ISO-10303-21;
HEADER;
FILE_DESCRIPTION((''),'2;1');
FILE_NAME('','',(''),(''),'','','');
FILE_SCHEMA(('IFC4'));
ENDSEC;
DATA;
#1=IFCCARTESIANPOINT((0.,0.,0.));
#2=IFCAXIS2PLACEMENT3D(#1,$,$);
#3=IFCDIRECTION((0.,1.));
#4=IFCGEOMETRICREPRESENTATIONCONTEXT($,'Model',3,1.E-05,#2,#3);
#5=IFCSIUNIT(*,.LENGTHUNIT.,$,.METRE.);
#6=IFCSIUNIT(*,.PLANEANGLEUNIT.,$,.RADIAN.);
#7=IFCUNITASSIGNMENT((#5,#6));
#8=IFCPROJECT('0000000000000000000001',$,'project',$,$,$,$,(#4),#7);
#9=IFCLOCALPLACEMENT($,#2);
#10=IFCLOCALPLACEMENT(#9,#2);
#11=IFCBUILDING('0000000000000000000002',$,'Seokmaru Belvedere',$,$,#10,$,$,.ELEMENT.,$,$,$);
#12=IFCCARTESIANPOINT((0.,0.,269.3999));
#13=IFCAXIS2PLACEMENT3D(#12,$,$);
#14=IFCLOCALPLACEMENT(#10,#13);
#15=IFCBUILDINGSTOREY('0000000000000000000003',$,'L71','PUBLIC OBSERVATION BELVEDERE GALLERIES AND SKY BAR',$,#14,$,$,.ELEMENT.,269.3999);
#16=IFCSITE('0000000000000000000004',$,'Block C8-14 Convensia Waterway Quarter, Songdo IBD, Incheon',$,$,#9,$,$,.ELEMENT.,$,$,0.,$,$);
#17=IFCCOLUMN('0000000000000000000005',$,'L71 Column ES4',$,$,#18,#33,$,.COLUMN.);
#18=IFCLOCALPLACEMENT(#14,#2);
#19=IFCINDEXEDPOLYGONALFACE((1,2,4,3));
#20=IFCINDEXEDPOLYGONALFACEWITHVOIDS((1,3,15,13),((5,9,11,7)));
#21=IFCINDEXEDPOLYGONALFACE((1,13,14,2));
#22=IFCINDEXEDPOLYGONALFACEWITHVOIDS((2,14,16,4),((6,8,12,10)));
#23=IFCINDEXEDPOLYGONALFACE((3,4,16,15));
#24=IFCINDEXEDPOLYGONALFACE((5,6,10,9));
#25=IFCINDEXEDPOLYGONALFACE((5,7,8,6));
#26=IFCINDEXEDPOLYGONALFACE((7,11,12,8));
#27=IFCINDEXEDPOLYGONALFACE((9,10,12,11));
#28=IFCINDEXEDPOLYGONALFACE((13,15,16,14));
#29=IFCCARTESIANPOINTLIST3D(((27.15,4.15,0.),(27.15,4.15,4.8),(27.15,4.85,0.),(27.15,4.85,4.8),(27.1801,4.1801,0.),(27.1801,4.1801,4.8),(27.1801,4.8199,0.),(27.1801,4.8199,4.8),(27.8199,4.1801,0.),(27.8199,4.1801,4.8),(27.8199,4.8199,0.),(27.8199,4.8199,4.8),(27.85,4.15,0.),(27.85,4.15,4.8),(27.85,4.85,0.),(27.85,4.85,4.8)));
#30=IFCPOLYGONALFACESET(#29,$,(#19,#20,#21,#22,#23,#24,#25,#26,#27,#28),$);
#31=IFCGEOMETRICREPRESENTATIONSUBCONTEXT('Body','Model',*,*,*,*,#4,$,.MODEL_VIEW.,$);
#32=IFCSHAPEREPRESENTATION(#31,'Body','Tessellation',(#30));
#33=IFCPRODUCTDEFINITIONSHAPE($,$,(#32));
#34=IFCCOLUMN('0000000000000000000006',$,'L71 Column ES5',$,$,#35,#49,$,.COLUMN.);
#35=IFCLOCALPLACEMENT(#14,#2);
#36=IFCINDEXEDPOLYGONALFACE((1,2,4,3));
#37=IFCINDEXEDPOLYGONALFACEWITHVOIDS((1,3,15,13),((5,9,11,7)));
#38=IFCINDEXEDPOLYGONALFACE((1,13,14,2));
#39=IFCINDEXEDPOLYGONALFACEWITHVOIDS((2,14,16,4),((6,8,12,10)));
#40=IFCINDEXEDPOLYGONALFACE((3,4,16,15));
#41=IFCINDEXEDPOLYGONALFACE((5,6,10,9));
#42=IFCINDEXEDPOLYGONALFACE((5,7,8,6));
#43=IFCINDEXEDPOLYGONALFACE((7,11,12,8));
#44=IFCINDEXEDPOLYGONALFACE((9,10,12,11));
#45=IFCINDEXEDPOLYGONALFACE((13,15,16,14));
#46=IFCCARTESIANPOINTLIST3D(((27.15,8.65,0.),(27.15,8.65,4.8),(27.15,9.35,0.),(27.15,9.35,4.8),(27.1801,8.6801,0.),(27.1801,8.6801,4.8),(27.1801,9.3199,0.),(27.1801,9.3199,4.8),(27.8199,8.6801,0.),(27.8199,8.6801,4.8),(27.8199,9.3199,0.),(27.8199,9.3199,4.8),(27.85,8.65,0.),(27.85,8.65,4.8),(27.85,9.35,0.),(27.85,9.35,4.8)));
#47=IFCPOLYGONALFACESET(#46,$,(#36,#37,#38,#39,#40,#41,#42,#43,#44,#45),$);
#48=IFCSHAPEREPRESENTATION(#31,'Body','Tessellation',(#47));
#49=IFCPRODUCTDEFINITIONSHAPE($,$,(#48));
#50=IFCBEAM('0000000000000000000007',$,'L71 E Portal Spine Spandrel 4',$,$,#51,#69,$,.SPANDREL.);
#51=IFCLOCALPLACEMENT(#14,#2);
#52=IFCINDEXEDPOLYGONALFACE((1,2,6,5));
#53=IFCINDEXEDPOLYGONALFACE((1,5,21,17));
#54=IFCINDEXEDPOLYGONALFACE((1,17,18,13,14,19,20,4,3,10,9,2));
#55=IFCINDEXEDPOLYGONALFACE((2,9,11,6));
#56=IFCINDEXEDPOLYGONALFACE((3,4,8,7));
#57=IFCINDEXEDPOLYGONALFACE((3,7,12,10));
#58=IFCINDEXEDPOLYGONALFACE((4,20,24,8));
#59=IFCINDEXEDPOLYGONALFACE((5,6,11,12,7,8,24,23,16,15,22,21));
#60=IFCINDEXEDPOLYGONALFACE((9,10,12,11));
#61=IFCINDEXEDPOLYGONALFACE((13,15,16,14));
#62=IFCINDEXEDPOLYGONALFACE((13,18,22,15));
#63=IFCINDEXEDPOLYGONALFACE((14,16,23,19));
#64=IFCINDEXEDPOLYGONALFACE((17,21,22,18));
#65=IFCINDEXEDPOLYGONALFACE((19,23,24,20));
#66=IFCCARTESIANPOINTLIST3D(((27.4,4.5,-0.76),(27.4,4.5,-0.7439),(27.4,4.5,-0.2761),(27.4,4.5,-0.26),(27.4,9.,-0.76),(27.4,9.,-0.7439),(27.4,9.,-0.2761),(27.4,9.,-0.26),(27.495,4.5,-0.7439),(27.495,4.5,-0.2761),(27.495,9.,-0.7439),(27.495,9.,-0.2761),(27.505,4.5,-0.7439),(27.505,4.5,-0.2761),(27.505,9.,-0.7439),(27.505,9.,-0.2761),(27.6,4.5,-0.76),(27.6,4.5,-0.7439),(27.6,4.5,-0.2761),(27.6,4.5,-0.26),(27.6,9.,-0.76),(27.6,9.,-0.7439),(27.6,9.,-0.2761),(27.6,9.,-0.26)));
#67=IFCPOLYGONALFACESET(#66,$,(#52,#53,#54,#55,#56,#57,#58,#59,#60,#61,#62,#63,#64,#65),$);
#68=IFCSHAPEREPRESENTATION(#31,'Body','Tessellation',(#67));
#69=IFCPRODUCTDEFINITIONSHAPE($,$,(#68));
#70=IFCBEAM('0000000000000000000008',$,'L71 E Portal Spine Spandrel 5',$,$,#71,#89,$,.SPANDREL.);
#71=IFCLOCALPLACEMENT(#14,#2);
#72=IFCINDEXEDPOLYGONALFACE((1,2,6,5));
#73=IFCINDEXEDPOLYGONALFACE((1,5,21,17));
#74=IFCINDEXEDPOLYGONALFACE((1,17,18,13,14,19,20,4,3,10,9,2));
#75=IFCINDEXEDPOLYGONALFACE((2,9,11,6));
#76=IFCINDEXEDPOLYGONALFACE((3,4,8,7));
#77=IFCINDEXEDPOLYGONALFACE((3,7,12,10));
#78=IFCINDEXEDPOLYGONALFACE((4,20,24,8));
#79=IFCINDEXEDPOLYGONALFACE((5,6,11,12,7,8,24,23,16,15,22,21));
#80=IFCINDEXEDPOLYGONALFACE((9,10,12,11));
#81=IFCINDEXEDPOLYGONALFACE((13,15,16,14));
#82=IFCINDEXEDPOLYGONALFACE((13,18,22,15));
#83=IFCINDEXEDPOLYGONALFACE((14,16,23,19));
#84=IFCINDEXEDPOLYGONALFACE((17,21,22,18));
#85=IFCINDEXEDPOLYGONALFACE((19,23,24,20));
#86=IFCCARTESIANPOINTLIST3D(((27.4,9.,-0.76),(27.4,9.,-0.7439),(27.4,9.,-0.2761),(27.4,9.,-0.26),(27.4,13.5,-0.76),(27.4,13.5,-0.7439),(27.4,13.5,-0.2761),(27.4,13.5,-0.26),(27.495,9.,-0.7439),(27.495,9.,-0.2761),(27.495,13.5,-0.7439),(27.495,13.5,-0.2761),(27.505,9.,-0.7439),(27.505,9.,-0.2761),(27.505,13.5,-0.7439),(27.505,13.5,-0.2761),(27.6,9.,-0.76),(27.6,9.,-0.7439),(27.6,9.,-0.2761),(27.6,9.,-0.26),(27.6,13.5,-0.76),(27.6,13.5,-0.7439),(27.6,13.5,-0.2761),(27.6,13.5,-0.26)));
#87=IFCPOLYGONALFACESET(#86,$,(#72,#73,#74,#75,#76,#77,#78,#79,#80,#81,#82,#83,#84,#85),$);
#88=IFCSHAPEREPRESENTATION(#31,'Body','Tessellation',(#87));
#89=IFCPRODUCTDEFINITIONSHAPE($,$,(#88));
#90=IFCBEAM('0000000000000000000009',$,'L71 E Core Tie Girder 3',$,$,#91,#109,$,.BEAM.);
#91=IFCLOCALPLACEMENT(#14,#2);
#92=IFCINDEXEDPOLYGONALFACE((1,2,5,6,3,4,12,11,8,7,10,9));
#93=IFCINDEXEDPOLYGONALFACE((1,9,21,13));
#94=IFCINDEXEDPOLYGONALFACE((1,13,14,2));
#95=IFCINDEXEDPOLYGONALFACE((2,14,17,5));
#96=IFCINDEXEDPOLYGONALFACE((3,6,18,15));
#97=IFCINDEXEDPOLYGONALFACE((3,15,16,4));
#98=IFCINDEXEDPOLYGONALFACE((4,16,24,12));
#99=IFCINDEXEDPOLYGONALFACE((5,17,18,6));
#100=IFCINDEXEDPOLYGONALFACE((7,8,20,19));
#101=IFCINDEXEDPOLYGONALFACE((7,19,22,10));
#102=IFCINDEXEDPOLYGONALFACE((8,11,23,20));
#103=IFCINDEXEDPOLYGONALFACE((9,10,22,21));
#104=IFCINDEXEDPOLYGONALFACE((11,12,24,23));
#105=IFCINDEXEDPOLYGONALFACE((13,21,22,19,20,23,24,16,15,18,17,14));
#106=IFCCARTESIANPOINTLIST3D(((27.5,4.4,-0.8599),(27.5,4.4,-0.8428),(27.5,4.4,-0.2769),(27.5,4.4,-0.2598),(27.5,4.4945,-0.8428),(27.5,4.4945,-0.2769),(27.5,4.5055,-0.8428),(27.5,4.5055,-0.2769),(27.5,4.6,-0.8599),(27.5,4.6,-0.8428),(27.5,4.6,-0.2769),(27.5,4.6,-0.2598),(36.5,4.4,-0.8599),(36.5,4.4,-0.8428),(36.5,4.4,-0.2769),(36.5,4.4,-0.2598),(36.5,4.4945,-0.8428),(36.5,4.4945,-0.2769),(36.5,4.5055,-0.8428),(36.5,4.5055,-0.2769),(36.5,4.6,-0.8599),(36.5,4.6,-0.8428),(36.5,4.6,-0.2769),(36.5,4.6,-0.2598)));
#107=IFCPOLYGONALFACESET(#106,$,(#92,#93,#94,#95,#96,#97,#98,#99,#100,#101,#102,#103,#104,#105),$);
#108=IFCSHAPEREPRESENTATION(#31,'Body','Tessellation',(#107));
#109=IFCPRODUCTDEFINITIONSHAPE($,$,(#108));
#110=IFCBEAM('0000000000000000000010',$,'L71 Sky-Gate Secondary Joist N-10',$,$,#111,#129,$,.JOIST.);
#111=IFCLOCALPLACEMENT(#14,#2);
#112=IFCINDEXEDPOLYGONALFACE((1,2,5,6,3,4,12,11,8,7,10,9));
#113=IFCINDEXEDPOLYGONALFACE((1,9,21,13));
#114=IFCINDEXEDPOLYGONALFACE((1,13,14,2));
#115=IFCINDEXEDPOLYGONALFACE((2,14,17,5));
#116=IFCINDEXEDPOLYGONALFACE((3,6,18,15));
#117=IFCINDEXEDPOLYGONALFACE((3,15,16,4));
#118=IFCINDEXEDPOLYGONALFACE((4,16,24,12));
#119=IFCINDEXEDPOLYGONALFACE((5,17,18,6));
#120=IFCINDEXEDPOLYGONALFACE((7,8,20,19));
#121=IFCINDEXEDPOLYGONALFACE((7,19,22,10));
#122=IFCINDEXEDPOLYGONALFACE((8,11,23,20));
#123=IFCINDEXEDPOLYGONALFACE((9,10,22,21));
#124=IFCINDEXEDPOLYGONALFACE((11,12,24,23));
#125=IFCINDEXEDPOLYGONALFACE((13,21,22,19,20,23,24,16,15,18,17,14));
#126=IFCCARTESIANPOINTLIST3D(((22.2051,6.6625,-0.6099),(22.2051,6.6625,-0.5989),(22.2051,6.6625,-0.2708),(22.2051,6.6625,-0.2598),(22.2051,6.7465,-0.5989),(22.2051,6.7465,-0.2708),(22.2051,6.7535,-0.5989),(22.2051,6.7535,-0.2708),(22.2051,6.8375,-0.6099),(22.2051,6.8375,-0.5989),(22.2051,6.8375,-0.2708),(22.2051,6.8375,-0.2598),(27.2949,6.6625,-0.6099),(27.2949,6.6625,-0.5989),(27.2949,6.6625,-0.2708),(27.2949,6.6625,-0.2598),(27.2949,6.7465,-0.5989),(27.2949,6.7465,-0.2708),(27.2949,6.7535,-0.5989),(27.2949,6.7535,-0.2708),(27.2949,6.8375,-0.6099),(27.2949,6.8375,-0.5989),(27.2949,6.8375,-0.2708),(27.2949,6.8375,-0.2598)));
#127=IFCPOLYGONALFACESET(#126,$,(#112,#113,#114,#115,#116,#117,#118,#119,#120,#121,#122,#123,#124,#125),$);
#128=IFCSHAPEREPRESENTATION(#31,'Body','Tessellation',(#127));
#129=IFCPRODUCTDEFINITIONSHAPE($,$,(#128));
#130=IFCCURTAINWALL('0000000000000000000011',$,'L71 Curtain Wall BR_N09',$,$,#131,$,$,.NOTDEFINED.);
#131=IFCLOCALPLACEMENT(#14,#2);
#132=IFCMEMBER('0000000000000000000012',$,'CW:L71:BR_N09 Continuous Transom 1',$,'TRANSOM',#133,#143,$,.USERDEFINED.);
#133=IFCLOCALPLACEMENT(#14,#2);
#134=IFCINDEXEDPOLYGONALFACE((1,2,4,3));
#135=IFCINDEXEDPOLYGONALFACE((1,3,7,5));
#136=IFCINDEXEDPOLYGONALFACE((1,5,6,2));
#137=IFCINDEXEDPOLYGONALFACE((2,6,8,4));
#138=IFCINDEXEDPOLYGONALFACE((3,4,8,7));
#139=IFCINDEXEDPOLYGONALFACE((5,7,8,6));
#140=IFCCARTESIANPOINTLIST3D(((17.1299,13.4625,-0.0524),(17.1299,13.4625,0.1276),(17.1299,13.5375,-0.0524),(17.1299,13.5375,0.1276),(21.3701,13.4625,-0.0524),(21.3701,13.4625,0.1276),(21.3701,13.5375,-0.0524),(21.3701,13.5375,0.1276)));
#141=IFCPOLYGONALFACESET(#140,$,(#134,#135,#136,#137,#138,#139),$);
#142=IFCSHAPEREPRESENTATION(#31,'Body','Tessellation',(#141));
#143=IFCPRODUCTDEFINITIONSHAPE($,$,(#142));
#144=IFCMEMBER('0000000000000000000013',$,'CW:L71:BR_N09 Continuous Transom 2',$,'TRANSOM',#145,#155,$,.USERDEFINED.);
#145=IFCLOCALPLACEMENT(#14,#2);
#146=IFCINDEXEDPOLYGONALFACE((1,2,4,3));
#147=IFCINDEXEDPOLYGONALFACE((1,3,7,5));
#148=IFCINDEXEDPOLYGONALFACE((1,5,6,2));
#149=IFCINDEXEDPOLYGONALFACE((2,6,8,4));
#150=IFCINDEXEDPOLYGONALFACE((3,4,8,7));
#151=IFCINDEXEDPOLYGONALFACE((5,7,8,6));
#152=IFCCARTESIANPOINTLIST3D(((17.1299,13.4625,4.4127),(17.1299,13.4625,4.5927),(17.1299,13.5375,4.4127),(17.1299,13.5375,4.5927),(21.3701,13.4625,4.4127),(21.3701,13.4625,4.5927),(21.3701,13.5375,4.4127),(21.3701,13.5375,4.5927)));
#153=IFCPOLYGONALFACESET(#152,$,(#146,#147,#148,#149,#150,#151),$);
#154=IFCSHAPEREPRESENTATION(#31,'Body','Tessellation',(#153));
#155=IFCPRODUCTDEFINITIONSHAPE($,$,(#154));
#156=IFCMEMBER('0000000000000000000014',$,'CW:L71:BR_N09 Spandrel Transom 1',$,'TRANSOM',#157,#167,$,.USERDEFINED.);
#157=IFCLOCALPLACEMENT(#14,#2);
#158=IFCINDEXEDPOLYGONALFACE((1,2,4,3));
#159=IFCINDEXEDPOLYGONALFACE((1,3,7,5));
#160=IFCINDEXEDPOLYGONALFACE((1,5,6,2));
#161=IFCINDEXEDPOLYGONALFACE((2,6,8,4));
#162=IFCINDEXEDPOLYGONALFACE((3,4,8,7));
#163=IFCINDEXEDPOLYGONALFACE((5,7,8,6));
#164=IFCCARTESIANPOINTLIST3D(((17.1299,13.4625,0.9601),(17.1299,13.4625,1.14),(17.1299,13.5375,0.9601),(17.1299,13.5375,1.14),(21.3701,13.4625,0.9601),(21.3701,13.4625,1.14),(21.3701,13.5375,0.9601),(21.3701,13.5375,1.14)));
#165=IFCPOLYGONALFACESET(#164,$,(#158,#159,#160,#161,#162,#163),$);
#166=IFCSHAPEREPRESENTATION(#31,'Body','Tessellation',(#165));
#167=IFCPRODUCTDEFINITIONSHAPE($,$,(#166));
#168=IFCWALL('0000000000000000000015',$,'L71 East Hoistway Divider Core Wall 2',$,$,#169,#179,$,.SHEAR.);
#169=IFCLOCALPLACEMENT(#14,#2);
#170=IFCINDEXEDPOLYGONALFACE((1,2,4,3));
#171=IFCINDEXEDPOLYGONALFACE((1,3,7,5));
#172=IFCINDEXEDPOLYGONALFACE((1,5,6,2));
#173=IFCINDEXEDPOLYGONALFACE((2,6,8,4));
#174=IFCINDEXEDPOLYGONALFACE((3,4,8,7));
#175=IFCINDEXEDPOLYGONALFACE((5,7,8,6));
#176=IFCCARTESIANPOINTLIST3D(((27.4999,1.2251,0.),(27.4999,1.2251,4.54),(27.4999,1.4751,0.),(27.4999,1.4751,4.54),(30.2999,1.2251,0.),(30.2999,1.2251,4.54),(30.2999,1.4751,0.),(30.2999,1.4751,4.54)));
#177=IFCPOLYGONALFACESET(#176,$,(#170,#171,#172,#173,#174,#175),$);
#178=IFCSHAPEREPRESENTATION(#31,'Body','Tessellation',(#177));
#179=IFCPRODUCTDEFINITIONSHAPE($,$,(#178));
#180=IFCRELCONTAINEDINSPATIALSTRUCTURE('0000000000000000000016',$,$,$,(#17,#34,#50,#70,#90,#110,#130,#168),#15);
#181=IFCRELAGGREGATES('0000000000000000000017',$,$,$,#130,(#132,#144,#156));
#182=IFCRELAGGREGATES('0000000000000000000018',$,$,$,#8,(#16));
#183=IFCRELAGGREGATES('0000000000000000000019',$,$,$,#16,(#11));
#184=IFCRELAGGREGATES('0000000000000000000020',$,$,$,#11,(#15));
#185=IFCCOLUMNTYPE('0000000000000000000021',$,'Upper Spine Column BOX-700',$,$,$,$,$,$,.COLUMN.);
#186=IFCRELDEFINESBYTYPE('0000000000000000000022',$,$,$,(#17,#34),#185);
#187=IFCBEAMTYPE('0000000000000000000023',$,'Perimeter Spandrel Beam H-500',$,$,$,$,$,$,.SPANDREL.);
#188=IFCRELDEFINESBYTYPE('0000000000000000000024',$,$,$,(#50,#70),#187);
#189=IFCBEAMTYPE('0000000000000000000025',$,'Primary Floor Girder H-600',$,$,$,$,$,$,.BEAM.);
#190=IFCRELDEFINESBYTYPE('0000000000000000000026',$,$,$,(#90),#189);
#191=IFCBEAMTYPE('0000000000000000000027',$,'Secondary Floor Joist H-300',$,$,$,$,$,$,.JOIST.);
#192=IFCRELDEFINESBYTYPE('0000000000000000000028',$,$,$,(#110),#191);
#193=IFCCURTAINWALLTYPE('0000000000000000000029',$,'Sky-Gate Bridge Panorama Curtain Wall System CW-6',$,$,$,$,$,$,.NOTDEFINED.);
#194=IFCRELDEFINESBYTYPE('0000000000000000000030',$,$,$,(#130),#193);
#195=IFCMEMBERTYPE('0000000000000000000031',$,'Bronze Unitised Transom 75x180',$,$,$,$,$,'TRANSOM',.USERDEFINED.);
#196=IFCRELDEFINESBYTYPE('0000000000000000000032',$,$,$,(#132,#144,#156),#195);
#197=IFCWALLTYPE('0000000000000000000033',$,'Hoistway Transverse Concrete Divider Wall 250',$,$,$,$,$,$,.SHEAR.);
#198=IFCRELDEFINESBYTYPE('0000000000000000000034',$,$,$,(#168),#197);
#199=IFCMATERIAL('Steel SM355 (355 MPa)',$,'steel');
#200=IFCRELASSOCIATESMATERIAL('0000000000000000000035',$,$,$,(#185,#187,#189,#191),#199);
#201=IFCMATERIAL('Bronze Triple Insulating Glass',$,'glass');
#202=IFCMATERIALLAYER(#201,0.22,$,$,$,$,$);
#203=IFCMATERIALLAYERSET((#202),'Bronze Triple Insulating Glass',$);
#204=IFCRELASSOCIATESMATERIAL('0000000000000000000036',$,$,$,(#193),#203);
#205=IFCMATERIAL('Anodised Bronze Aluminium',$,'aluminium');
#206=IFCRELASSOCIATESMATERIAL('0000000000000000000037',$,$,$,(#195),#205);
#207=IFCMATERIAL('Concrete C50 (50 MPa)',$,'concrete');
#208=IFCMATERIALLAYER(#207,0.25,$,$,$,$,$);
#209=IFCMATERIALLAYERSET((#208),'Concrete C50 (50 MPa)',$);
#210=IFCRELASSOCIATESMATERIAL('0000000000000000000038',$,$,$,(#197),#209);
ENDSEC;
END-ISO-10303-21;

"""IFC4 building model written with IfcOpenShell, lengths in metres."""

from ifc_helpers import new_model, si_unit, direction, frame, frame_2d, origin, origin_2d, place, context, subcontext, project, spatial, rectangle, hollow_rectangle, i_section, extrude, source, transform, mapped, material, layer, layer_set, material_profile, profile_set, type_object, type_shapes, element, aggregate, save


model = new_model("IFC4")

# Units and contexts
model_context = context("Model", 3, precision=1e-05, world=origin(), true_north=direction((0.0, 1.0)))
body_context = subcontext(model_context, "Body", "Model", "MODEL_VIEW")
ifc_project = project(units=[si_unit("LENGTHUNIT", "METRE"), si_unit("PLANEANGLEUNIT", "RADIAN")], contexts=[model_context])

# Site, building, storey
site_placement = place(None, origin())
site = spatial("IfcSite", under=ifc_project, at=site_placement, Name="Block C8-14 Convensia Waterway Quarter, Songdo IBD, Incheon", CompositionType="ELEMENT", RefElevation=0.0)
building_placement = place(site_placement, origin())
building = spatial("IfcBuilding", under=site, at=building_placement, Name="Seokmaru Belvedere", CompositionType="ELEMENT")
storey_placement = place(building_placement, frame((0.0, 0.0, 269.3999)))
storey = spatial("IfcBuildingStorey", under=building, at=storey_placement, Name="L71", Description="PUBLIC OBSERVATION BELVEDERE GALLERIES AND SKY BAR", CompositionType="ELEMENT", Elevation=269.3999)

# Columns
ifc_material_1 = material(Name="Steel SM355 (355 MPa)", Category="steel")
ifc_material_profile_1 = material_profile(ifc_material_1, hollow_rectangle(XDim=0.7, YDim=0.7, WallThickness=0.03, at=origin_2d()), Name="BOX-700x700x30")
ifc_profile_set_1 = profile_set([ifc_material_profile_1], Name="Steel SM355 (355 MPa)")
column_type = type_object("IfcColumnType", Name="Upper Spine Column BOX-700", PredefinedType="COLUMN", material=ifc_profile_set_1)
shared_shape_1 = source(origin(), body_context, "Body", "SweptSolid", [
    extrude(hollow_rectangle(XDim=0.7, YDim=0.7, WallThickness=0.03, at=origin_2d()), origin(), (0.0, 0.0, 1.0), 4.8),
])
type_shapes(column_type, [shared_shape_1])
for number, where, z_axis, x_axis, name in (
    (1, (27.5, 4.5, 0.0), (0.0, 0.0, 1.0), (1.0, 0.0, 0.0), "L71 Column ES4"),
    (2, (27.5, 9.0, 0.0), (0.0, 0.0, 1.0), (1.0, 0.0, 0.0), "L71 Column ES5"),
):
    element("IfcColumn", number, at=place(storey_placement, frame(where, z_axis=z_axis, x_axis=x_axis)), inside=storey, type_object=column_type, Name=name, PredefinedType="COLUMN", context=body_context, shape_type="MappedRepresentation", body=[
        mapped(shared_shape_1, transform((0.0, 0.0, 0.0), scale=1.0)),
    ])

# Beams
ifc_material_profile_2 = material_profile(ifc_material_1, i_section(OverallWidth=0.2, OverallDepth=0.5, WebThickness=0.01, FlangeThickness=0.0161, at=origin_2d()), Name="H-500x200x10x16")
ifc_profile_set_2 = profile_set([ifc_material_profile_2], Name="Steel SM355 (355 MPa)")
beam_type_1 = type_object("IfcBeamType", Name="Perimeter Spandrel Beam H-500", PredefinedType="SPANDREL", material=ifc_profile_set_2)
shared_shape_2 = source(origin(), body_context, "Body", "SweptSolid", [
    extrude(i_section(OverallWidth=0.2, OverallDepth=0.5, WebThickness=0.01, FlangeThickness=0.0161, at=origin_2d()), origin(), (0.0, 0.0, 1.0), 4.5),
])
type_shapes(beam_type_1, [shared_shape_2])
for number, where, z_axis, x_axis, name in (
    (3, (27.5, 4.5, -0.51), (0.0, 1.0, 0.0), (-1.0, 0.0, 0.0), "L71 E Portal Spine Spandrel 4"),
    (4, (27.5, 9.0, -0.51), (0.0, 1.0, 0.0), (-1.0, 0.0, 0.0), "L71 E Portal Spine Spandrel 5"),
):
    element("IfcBeam", number, at=place(storey_placement, frame(where, z_axis=z_axis, x_axis=x_axis)), inside=storey, type_object=beam_type_1, Name=name, PredefinedType="SPANDREL", context=body_context, shape_type="MappedRepresentation", body=[
        mapped(shared_shape_2, transform((0.0, 0.0, 0.0), scale=1.0)),
    ])
ifc_material_profile_3 = material_profile(ifc_material_1, i_section(OverallWidth=0.2, OverallDepth=0.6001, WebThickness=0.011, FlangeThickness=0.0171, at=origin_2d()), Name="H-600x200x11x17")
ifc_profile_set_3 = profile_set([ifc_material_profile_3], Name="Steel SM355 (355 MPa)")
beam_type_2 = type_object("IfcBeamType", Name="Primary Floor Girder H-600", PredefinedType="BEAM", material=ifc_profile_set_3)
shared_shape_3 = source(origin(), body_context, "Body", "SweptSolid", [
    extrude(i_section(OverallWidth=0.2, OverallDepth=0.6001, WebThickness=0.011, FlangeThickness=0.0171, at=origin_2d()), origin(), (0.0, 0.0, 1.0), 9.0),
])
type_shapes(beam_type_2, [shared_shape_3])
beam_1_placement = place(storey_placement, frame((27.5, 4.5, -0.5598), z_axis=(1.0, 0.0, 0.0), x_axis=(0.0, 1.0, 0.0)))
element("IfcBeam", 5, at=beam_1_placement, inside=storey, type_object=beam_type_2, Name="L71 E Core Tie Girder 3", PredefinedType="BEAM", context=body_context, shape_type="MappedRepresentation", body=[
    mapped(shared_shape_3, transform((0.0, 0.0, 0.0), scale=1.0)),
])
ifc_material_profile_4 = material_profile(ifc_material_1, i_section(OverallWidth=0.175, OverallDepth=0.3501, WebThickness=0.0071, FlangeThickness=0.011, at=origin_2d()), Name="H-350x175x7x11")
ifc_profile_set_4 = profile_set([ifc_material_profile_4], Name="Steel SM355 (355 MPa)")
beam_type_3 = type_object("IfcBeamType", Name="Secondary Floor Joist H-300", PredefinedType="JOIST", material=ifc_profile_set_4)
shared_shape_4 = source(origin(), body_context, "Body", "SweptSolid", [
    extrude(i_section(OverallWidth=0.175, OverallDepth=0.3501, WebThickness=0.0071, FlangeThickness=0.011, at=origin_2d()), origin(), (0.0, 0.0, 1.0), 5.0898),
])
type_shapes(beam_type_3, [shared_shape_4])
beam_2_placement = place(storey_placement, frame((22.2051, 6.75, -0.4348), z_axis=(1.0, 0.0, 0.0), x_axis=(0.0, 1.0, 0.0)))
element("IfcBeam", 6, at=beam_2_placement, inside=storey, type_object=beam_type_3, Name="L71 Sky-Gate Secondary Joist N-10", PredefinedType="JOIST", context=body_context, shape_type="MappedRepresentation", body=[
    mapped(shared_shape_4, transform((0.0, 0.0, 0.0), scale=1.0)),
])

# Curtain wall, members
ifc_material_2 = material(Name="Bronze Triple Insulating Glass", Category="glass")
ifc_layer_1 = layer(ifc_material_2, 0.22)
ifc_layer_set_1 = layer_set([ifc_layer_1], Name="Bronze Triple Insulating Glass")
curtain_wall_type = type_object("IfcCurtainWallType", Name="Sky-Gate Bridge Panorama Curtain Wall System CW-6", PredefinedType="NOTDEFINED", material=ifc_layer_set_1)
curtain_wall_placement = place(storey_placement, origin())
curtain_wall = element("IfcCurtainWall", 7, at=curtain_wall_placement, inside=storey, type_object=curtain_wall_type, Name="L71 Curtain Wall BR_N09", PredefinedType="NOTDEFINED")
ifc_material_3 = material(Name="Anodised Bronze Aluminium", Category="aluminium")
ifc_material_profile_5 = material_profile(ifc_material_3, rectangle(XDim=0.075, YDim=0.1799, at=origin_2d()), Name="CW-T-75x180")
ifc_profile_set_5 = profile_set([ifc_material_profile_5], Name="Anodised Bronze Aluminium")
member_type = type_object("IfcMemberType", Name="Bronze Unitised Transom 75x180", ElementType="TRANSOM", PredefinedType="USERDEFINED", material=ifc_profile_set_5)
shared_shape_5 = source(origin(), body_context, "Body", "SweptSolid", [
    extrude(rectangle(XDim=0.075, YDim=0.1799, at=origin_2d()), origin(), (0.0, 0.0, 1.0), 4.2402),
])
type_shapes(member_type, [shared_shape_5])
member_1_placement = place(storey_placement, frame((21.3701, 13.5, 0.0376), z_axis=(-1.0, 0.0, 0.0), x_axis=(0.0, -1.0, 0.0)))
member_1 = element("IfcMember", 8, at=member_1_placement, type_object=member_type, Name="CW:L71:BR_N09 Continuous Transom 1", ObjectType="TRANSOM", PredefinedType="USERDEFINED", context=body_context, shape_type="MappedRepresentation", body=[
    mapped(shared_shape_5, transform((0.0, 0.0, 0.0), scale=1.0)),
])
member_2_placement = place(storey_placement, frame((21.3701, 13.5, 4.5027), z_axis=(-1.0, 0.0, 0.0), x_axis=(0.0, -1.0, 0.0)))
member_2 = element("IfcMember", 9, at=member_2_placement, type_object=member_type, Name="CW:L71:BR_N09 Continuous Transom 2", ObjectType="TRANSOM", PredefinedType="USERDEFINED", context=body_context, shape_type="MappedRepresentation", body=[
    mapped(shared_shape_5, transform((0.0, 0.0, 0.0), scale=1.0)),
])
member_3_placement = place(storey_placement, frame((21.3701, 13.5, 1.05), z_axis=(-1.0, 0.0, 0.0), x_axis=(0.0, -1.0, 0.0)))
member_3 = element("IfcMember", 10, at=member_3_placement, type_object=member_type, Name="CW:L71:BR_N09 Spandrel Transom 1", ObjectType="TRANSOM", PredefinedType="USERDEFINED", context=body_context, shape_type="MappedRepresentation", body=[
    mapped(shared_shape_5, transform((0.0, 0.0, 0.0), scale=1.0)),
])
aggregate(curtain_wall, [member_1, member_2, member_3])

# Wall
ifc_material_4 = material(Name="Concrete C50 (50 MPa)", Category="concrete")
ifc_layer_2 = layer(ifc_material_4, 0.25)
ifc_layer_set_2 = layer_set([ifc_layer_2], Name="Concrete C50 (50 MPa)")
wall_type_1 = type_object("IfcWallType", Name="Hoistway Transverse Concrete Divider Wall 250", PredefinedType="SHEAR", material=ifc_layer_set_2)
for number, where, z_axis, x_axis, name in (
    (11, (27.5, 1.3501, 0.0), (0.0, 0.0, 1.0), (1.0, 0.0, 0.0), "L71 East Hoistway Divider Core Wall 2"),
):
    element("IfcWall", number, at=place(storey_placement, frame(where, z_axis=z_axis, x_axis=x_axis)), inside=storey, type_object=wall_type_1, Name=name, PredefinedType="SHEAR", context=body_context, shape_type="SweptSolid", body=[
        extrude(rectangle(XDim=2.8, YDim=0.25, at=frame_2d((1.3999, 0.0))), origin(), (0.0, 0.0, 1.0), 4.54),
    ])

save(model, "model.ifc")
